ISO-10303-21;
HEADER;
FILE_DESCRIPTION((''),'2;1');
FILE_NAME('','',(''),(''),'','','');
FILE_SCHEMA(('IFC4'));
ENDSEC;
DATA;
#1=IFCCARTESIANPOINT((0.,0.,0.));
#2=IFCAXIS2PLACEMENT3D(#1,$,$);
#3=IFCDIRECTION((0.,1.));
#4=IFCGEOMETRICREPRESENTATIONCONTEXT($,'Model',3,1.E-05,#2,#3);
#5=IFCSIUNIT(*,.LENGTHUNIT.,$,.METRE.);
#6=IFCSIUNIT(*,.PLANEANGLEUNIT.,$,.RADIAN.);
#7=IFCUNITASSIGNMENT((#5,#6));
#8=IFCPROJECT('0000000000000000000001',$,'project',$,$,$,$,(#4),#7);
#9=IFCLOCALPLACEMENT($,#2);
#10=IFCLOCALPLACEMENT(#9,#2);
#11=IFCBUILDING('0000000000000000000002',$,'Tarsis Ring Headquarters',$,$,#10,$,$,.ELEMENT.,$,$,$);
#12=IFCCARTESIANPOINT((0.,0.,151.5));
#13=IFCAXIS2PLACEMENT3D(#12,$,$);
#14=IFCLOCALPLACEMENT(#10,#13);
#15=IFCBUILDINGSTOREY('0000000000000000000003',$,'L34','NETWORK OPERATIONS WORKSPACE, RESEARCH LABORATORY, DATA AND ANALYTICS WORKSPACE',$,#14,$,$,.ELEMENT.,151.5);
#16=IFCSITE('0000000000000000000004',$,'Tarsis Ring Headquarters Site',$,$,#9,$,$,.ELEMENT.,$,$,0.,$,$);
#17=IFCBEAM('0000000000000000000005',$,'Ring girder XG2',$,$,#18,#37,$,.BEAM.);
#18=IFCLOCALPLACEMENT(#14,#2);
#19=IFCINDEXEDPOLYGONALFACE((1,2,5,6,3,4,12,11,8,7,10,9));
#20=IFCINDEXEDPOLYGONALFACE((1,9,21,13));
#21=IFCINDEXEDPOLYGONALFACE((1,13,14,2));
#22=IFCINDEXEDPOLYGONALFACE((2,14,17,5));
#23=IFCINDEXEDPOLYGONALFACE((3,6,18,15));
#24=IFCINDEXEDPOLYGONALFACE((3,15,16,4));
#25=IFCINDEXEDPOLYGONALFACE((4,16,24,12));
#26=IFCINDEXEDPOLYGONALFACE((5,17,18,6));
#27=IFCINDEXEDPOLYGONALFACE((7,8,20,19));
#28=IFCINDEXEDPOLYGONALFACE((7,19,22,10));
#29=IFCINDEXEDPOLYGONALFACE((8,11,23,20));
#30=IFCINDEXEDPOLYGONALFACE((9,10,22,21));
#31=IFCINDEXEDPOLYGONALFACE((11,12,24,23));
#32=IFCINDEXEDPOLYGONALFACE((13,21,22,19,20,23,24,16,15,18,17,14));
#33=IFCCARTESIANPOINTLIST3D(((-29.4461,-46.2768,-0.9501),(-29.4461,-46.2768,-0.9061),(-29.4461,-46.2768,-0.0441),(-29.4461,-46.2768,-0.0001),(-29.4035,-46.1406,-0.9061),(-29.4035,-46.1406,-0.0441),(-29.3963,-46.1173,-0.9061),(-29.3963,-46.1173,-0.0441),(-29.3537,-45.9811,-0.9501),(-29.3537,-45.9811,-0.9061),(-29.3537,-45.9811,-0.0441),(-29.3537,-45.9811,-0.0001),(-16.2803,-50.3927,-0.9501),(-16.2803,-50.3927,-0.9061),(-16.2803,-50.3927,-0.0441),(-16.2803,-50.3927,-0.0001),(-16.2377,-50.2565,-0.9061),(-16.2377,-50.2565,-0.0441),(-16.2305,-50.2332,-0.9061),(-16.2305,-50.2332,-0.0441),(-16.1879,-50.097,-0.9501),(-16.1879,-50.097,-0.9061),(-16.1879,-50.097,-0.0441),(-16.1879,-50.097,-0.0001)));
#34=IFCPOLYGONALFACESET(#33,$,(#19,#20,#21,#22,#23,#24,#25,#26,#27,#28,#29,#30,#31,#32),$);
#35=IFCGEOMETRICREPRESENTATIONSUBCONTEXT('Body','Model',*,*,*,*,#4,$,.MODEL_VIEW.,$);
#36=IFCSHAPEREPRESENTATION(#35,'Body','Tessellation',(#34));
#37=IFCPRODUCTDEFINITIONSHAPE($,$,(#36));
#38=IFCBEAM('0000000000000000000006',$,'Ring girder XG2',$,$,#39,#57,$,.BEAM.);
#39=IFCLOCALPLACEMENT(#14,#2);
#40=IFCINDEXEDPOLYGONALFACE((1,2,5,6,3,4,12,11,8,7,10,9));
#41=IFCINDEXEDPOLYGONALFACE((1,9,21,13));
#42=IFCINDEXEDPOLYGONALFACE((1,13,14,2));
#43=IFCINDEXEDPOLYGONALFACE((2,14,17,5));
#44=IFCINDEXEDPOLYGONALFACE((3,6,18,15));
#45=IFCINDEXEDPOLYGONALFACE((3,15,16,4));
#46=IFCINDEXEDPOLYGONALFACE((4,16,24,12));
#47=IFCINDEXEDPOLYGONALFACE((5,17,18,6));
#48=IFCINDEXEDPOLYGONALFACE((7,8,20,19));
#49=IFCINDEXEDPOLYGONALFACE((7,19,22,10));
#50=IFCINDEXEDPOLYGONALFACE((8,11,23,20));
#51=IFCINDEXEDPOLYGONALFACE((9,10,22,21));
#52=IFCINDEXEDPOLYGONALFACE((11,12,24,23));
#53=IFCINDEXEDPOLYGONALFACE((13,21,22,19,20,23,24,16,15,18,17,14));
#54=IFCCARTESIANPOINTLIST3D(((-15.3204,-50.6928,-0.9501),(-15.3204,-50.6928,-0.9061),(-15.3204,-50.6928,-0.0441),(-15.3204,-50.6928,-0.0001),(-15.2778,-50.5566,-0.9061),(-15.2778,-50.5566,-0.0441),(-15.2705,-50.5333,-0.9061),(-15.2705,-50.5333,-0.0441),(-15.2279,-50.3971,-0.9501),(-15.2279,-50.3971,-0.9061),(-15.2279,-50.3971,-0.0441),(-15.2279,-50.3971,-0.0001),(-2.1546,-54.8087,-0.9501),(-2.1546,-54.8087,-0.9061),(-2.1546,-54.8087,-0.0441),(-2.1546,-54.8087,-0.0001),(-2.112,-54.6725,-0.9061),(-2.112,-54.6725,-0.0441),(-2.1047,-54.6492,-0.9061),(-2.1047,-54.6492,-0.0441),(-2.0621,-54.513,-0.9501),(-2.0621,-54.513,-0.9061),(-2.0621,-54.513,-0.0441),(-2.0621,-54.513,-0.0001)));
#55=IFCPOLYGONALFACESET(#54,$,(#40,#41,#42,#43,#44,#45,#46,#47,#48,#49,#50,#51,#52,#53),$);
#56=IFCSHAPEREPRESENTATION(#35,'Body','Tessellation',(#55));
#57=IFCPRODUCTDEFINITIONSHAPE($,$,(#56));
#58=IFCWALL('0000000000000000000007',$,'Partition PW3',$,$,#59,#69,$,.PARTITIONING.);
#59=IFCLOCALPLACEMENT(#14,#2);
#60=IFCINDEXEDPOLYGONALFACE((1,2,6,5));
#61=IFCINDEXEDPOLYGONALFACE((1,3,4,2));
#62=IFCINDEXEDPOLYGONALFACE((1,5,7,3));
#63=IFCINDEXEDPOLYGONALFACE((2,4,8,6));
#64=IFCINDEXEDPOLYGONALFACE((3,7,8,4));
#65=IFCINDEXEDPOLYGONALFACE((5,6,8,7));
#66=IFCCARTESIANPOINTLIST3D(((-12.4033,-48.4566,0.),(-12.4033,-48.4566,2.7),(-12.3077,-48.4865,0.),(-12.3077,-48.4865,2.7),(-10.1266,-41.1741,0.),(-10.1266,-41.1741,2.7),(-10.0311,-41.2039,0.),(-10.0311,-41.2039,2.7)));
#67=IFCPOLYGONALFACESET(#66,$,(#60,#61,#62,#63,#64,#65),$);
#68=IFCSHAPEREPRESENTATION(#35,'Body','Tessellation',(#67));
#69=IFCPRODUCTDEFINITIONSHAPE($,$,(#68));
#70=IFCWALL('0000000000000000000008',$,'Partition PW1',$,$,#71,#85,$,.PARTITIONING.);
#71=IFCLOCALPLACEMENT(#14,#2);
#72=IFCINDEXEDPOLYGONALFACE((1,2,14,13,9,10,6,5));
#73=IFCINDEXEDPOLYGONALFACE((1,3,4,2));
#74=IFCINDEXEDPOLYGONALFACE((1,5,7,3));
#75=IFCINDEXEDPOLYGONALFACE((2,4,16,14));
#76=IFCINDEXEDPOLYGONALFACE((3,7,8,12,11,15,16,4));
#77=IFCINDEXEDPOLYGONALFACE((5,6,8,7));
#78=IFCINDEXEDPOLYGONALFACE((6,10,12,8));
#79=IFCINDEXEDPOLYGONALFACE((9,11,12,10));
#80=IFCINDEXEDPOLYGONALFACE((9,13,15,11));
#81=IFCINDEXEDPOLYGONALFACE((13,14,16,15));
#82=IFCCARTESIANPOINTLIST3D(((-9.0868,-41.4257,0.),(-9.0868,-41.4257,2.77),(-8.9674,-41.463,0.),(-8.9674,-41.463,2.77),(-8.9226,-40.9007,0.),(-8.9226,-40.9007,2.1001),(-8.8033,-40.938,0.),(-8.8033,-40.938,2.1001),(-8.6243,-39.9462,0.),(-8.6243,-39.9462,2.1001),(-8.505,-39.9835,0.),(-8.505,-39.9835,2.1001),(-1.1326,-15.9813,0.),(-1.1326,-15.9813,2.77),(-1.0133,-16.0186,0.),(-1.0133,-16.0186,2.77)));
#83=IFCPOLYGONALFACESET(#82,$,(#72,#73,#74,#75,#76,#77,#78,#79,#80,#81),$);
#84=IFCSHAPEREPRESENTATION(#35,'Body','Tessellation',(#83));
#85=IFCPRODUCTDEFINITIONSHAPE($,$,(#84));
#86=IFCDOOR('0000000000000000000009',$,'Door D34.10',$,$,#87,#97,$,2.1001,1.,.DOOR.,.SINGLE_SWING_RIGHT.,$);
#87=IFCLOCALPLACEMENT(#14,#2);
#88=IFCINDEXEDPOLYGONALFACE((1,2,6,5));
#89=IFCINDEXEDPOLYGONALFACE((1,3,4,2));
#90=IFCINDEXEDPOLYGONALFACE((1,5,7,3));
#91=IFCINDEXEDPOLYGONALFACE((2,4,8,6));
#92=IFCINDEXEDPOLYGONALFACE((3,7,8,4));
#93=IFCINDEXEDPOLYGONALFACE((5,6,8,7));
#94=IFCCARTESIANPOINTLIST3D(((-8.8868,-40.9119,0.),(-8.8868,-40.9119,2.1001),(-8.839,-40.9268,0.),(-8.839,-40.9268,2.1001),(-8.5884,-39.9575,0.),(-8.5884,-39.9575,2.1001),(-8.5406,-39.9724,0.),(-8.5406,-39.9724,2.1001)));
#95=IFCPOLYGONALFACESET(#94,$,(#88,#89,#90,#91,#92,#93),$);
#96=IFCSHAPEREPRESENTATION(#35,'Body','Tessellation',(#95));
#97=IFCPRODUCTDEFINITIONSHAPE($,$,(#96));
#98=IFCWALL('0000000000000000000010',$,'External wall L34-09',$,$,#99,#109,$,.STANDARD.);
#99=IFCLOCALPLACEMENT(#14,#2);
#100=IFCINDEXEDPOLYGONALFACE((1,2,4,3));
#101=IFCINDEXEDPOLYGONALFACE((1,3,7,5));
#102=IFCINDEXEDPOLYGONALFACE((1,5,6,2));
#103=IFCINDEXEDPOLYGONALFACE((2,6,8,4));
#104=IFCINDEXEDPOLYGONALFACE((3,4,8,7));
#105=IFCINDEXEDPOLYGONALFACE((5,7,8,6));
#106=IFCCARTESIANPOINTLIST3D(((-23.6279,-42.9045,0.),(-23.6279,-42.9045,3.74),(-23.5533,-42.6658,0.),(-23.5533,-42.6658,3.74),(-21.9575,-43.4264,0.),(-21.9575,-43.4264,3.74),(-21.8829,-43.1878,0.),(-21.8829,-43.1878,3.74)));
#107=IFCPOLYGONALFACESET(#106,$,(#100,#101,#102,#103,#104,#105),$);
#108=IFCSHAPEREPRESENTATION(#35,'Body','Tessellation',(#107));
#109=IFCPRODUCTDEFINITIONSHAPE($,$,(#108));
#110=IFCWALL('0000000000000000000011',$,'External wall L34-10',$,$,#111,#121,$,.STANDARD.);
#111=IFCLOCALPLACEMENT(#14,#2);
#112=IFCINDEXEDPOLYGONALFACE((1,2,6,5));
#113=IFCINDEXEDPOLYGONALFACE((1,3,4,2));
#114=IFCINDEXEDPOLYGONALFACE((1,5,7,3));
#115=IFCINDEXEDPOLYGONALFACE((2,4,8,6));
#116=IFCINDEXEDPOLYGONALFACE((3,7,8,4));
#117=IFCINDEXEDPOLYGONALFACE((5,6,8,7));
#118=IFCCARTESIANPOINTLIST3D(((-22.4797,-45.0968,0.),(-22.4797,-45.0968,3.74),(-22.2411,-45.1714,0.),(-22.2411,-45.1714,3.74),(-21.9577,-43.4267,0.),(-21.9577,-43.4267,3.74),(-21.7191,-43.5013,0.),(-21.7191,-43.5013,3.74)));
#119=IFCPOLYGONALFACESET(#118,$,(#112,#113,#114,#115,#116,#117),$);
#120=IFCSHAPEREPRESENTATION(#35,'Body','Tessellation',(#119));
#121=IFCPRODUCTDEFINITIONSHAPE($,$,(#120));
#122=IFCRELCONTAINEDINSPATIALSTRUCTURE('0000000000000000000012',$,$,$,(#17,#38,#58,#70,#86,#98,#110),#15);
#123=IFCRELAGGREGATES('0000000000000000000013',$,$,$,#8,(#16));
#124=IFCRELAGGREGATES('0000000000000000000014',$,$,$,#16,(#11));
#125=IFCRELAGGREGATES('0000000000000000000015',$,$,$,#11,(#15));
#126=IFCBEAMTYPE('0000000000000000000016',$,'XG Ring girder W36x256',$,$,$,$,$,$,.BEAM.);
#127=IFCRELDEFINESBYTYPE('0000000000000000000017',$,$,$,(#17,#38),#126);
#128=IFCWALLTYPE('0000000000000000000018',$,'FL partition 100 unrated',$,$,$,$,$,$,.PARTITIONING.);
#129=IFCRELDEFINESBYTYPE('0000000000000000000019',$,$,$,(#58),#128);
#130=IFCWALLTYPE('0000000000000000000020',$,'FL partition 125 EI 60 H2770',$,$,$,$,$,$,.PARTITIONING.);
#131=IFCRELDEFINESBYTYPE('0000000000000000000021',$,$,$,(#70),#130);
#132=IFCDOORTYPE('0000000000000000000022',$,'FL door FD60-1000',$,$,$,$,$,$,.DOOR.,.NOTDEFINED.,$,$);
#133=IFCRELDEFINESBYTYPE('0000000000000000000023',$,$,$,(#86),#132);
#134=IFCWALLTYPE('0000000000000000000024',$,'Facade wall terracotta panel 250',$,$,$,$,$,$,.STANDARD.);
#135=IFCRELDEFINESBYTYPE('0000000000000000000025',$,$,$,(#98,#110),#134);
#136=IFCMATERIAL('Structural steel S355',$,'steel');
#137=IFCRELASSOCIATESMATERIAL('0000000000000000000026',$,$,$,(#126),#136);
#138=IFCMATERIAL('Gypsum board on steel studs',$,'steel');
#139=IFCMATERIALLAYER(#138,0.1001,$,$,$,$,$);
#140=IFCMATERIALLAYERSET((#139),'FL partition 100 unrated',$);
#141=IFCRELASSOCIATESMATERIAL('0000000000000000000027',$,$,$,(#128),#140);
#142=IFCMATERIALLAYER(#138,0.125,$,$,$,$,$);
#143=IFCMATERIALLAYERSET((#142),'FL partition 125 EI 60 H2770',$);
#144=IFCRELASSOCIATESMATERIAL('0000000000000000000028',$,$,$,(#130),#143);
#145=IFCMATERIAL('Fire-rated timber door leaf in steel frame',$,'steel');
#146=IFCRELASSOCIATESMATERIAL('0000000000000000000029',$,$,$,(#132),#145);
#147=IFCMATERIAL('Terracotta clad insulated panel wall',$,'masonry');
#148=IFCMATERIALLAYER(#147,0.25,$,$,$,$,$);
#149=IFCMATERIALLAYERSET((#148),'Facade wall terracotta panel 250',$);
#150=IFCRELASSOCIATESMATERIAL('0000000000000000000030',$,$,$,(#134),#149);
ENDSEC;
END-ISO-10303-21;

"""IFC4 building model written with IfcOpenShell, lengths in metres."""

from ifc_helpers import new_model, si_unit, direction, frame, frame_2d, origin, origin_2d, place, context, subcontext, project, spatial, rectangle, i_section, extrude, material, layer, layer_set, material_profile, profile_set, type_object, element, fill, save


model = new_model("IFC4")

# Units and contexts
model_context = context("Model", 3, precision=1e-05, world=origin(), true_north=direction((0.0, 1.0)))
body_context = subcontext(model_context, "Body", "Model", "MODEL_VIEW")
ifc_project = project(units=[si_unit("LENGTHUNIT", "METRE"), si_unit("PLANEANGLEUNIT", "RADIAN")], contexts=[model_context])

# Site, building, storey
site_placement = place(None, origin())
site = spatial("IfcSite", under=ifc_project, at=site_placement, Name="Tarsis Ring Headquarters Site", CompositionType="ELEMENT", RefElevation=0.0)
building_placement = place(site_placement, origin())
building = spatial("IfcBuilding", under=site, at=building_placement, Name="Tarsis Ring Headquarters", CompositionType="ELEMENT")
storey_placement = place(building_placement, frame((0.0, 0.0, 151.5)))
storey = spatial("IfcBuildingStorey", under=building, at=storey_placement, Name="L34", Description="NETWORK OPERATIONS WORKSPACE, RESEARCH LABORATORY, DATA AND ANALYTICS WORKSPACE", CompositionType="ELEMENT", Elevation=151.5)

# Shared definitions
ifc_material_1 = material(Name="Structural steel S355", Category="steel")

# Beams
ifc_material_profile_1 = material_profile(ifc_material_1, i_section(OverallWidth=0.3098, OverallDepth=0.95, WebThickness=0.0244, FlangeThickness=0.0439, at=origin_2d()), Name="W36x256")
ifc_profile_set_1 = profile_set([ifc_material_profile_1], Name="Structural steel S355")
beam_type_1 = type_object("IfcBeamType", Name="XG Ring girder W36x256", PredefinedType="BEAM", material=ifc_profile_set_1)
for number, where, z_axis, x_axis, name in (
    (1, (-29.3999, -46.1289, -0.4751), (0.954446, -0.298385, 0.0), (0.298385, 0.954446, 0.0), "Ring girder XG2"),
    (2, (-15.2742, -50.5449, -0.4751), (0.954446, -0.298385, 0.0), (0.298385, 0.954446, 0.0), "Ring girder XG2"),
):
    element("IfcBeam", number, at=place(storey_placement, frame(where, z_axis=z_axis, x_axis=x_axis)), inside=storey, type_object=beam_type_1, Name=name, PredefinedType="BEAM", context=body_context, shape_type="SweptSolid", body=[
        extrude(i_section(OverallWidth=0.3098, OverallDepth=0.95, WebThickness=0.0244, FlangeThickness=0.0439, at=origin_2d()), origin(), (0.0, 0.0, 1.0), 13.7942),
    ])

# Wall
ifc_material_2 = material(Name="Gypsum board on steel studs", Category="steel")
ifc_layer_1 = layer(ifc_material_2, 0.1001)
ifc_layer_set_1 = layer_set([ifc_layer_1], Name="FL partition 100 unrated")
wall_type_1 = type_object("IfcWallType", Name="FL partition 100 unrated", PredefinedType="PARTITIONING", material=ifc_layer_set_1)
wall_1_placement = place(storey_placement, frame((-12.3555, -48.4714, 0.0), z_axis=(0.0, 0.0, 1.0), x_axis=(0.298375, 0.954449, 0.0)))
element("IfcWall", 3, at=wall_1_placement, inside=storey, type_object=wall_type_1, Name="Partition PW3", PredefinedType="PARTITIONING", context=body_context, shape_type="SweptSolid", body=[
    extrude(rectangle(XDim=7.6301, YDim=0.1001, at=frame_2d((3.8149, 0.0))), origin(), (0.0, 0.0, 1.0), 2.7),
])

# Wall, opening, door
ifc_layer_2 = layer(ifc_material_2, 0.125)
ifc_layer_set_2 = layer_set([ifc_layer_2], Name="FL partition 125 EI 60 H2770")
wall_type_2 = type_object("IfcWallType", Name="FL partition 125 EI 60 H2770", PredefinedType="PARTITIONING", material=ifc_layer_set_2)
wall_2_placement = place(storey_placement, frame((-9.0271, -41.4443, 0.0), z_axis=(0.0, 0.0, 1.0), x_axis=(0.298369, 0.954451, 0.0)))
wall_2 = element("IfcWall", 4, at=wall_2_placement, inside=storey, type_object=wall_type_2, Name="Partition PW1", PredefinedType="PARTITIONING", context=body_context, shape_type="SweptSolid", body=[
    extrude(rectangle(XDim=26.6587, YDim=0.125, at=frame_2d((13.3293, 0.0))), origin(), (0.0, 0.0, 1.0), 2.77),
])
opening_1_placement = place(wall_2_placement, frame((0.55, 0.0, 0.0)))
opening_1 = element("IfcOpeningElement", 5, at=opening_1_placement, cuts=wall_2, PredefinedType="OPENING", context=body_context, shape_type="SweptSolid", body=[
    extrude(rectangle(XDim=1.0, YDim=2.1001, at=frame_2d((0.5, 1.05))), frame((0.0, 0.0725, 0.0), z_axis=(0.0, -1.0, 0.0), x_axis=(1.0, 0.0, 0.0)), (0.0, 0.0, 1.0), 0.145),
])
ifc_material_3 = material(Name="Fire-rated timber door leaf in steel frame", Category="steel")
door_type = type_object("IfcDoorType", Name="FL door FD60-1000", OperationType="NOTDEFINED", PredefinedType="DOOR", material=ifc_material_3)
door_placement = place(opening_1_placement, origin())
door = element("IfcDoor", 6, at=door_placement, inside=storey, type_object=door_type, Name="Door D34.10", OperationType="SINGLE_SWING_RIGHT", OverallHeight=2.1001, OverallWidth=1.0, PredefinedType="DOOR", context=body_context, shape_type="SweptSolid", body=[
    extrude(rectangle(XDim=1.0, YDim=2.1001, at=frame_2d((0.5, 1.05))), frame((0.0, 0.0249, 0.0), z_axis=(0.0, -1.0, 0.0), x_axis=(1.0, 0.0, 0.0)), (0.0, 0.0, 1.0), 0.05),
])
fill(opening_1, door)

# Walls
ifc_material_4 = material(Name="Terracotta clad insulated panel wall", Category="masonry")
ifc_layer_3 = layer(ifc_material_4, 0.25)
ifc_layer_set_3 = layer_set([ifc_layer_3], Name="Facade wall terracotta panel 250")
wall_type_3 = type_object("IfcWallType", Name="Facade wall terracotta panel 250", PredefinedType="STANDARD", material=ifc_layer_set_3)
wall_3_placement = place(storey_placement, frame((-23.5906, -42.7852, 0.0), z_axis=(0.0, 0.0, 1.0), x_axis=(0.954485, -0.298259, 0.0)))
element("IfcWall", 7, at=wall_3_placement, inside=storey, type_object=wall_type_3, Name="External wall L34-09", PredefinedType="STANDARD", context=body_context, shape_type="SweptSolid", body=[
    extrude(rectangle(XDim=1.75, YDim=0.25, at=frame_2d((0.875, 0.0))), origin(), (0.0, 0.0, 1.0), 3.74),
])
wall_4_placement = place(storey_placement, frame((-21.8384, -43.4639, 0.0), z_axis=(0.0, 0.0, 1.0), x_axis=(-0.298299, -0.954473, 0.0)))
element("IfcWall", 8, at=wall_4_placement, inside=storey, type_object=wall_type_3, Name="External wall L34-10", PredefinedType="STANDARD", context=body_context, shape_type="SweptSolid", body=[
    extrude(rectangle(XDim=1.7498, YDim=0.25, at=frame_2d((0.875, 0.0))), origin(), (0.0, 0.0, 1.0), 3.74),
])

save(model, "model.ifc")
